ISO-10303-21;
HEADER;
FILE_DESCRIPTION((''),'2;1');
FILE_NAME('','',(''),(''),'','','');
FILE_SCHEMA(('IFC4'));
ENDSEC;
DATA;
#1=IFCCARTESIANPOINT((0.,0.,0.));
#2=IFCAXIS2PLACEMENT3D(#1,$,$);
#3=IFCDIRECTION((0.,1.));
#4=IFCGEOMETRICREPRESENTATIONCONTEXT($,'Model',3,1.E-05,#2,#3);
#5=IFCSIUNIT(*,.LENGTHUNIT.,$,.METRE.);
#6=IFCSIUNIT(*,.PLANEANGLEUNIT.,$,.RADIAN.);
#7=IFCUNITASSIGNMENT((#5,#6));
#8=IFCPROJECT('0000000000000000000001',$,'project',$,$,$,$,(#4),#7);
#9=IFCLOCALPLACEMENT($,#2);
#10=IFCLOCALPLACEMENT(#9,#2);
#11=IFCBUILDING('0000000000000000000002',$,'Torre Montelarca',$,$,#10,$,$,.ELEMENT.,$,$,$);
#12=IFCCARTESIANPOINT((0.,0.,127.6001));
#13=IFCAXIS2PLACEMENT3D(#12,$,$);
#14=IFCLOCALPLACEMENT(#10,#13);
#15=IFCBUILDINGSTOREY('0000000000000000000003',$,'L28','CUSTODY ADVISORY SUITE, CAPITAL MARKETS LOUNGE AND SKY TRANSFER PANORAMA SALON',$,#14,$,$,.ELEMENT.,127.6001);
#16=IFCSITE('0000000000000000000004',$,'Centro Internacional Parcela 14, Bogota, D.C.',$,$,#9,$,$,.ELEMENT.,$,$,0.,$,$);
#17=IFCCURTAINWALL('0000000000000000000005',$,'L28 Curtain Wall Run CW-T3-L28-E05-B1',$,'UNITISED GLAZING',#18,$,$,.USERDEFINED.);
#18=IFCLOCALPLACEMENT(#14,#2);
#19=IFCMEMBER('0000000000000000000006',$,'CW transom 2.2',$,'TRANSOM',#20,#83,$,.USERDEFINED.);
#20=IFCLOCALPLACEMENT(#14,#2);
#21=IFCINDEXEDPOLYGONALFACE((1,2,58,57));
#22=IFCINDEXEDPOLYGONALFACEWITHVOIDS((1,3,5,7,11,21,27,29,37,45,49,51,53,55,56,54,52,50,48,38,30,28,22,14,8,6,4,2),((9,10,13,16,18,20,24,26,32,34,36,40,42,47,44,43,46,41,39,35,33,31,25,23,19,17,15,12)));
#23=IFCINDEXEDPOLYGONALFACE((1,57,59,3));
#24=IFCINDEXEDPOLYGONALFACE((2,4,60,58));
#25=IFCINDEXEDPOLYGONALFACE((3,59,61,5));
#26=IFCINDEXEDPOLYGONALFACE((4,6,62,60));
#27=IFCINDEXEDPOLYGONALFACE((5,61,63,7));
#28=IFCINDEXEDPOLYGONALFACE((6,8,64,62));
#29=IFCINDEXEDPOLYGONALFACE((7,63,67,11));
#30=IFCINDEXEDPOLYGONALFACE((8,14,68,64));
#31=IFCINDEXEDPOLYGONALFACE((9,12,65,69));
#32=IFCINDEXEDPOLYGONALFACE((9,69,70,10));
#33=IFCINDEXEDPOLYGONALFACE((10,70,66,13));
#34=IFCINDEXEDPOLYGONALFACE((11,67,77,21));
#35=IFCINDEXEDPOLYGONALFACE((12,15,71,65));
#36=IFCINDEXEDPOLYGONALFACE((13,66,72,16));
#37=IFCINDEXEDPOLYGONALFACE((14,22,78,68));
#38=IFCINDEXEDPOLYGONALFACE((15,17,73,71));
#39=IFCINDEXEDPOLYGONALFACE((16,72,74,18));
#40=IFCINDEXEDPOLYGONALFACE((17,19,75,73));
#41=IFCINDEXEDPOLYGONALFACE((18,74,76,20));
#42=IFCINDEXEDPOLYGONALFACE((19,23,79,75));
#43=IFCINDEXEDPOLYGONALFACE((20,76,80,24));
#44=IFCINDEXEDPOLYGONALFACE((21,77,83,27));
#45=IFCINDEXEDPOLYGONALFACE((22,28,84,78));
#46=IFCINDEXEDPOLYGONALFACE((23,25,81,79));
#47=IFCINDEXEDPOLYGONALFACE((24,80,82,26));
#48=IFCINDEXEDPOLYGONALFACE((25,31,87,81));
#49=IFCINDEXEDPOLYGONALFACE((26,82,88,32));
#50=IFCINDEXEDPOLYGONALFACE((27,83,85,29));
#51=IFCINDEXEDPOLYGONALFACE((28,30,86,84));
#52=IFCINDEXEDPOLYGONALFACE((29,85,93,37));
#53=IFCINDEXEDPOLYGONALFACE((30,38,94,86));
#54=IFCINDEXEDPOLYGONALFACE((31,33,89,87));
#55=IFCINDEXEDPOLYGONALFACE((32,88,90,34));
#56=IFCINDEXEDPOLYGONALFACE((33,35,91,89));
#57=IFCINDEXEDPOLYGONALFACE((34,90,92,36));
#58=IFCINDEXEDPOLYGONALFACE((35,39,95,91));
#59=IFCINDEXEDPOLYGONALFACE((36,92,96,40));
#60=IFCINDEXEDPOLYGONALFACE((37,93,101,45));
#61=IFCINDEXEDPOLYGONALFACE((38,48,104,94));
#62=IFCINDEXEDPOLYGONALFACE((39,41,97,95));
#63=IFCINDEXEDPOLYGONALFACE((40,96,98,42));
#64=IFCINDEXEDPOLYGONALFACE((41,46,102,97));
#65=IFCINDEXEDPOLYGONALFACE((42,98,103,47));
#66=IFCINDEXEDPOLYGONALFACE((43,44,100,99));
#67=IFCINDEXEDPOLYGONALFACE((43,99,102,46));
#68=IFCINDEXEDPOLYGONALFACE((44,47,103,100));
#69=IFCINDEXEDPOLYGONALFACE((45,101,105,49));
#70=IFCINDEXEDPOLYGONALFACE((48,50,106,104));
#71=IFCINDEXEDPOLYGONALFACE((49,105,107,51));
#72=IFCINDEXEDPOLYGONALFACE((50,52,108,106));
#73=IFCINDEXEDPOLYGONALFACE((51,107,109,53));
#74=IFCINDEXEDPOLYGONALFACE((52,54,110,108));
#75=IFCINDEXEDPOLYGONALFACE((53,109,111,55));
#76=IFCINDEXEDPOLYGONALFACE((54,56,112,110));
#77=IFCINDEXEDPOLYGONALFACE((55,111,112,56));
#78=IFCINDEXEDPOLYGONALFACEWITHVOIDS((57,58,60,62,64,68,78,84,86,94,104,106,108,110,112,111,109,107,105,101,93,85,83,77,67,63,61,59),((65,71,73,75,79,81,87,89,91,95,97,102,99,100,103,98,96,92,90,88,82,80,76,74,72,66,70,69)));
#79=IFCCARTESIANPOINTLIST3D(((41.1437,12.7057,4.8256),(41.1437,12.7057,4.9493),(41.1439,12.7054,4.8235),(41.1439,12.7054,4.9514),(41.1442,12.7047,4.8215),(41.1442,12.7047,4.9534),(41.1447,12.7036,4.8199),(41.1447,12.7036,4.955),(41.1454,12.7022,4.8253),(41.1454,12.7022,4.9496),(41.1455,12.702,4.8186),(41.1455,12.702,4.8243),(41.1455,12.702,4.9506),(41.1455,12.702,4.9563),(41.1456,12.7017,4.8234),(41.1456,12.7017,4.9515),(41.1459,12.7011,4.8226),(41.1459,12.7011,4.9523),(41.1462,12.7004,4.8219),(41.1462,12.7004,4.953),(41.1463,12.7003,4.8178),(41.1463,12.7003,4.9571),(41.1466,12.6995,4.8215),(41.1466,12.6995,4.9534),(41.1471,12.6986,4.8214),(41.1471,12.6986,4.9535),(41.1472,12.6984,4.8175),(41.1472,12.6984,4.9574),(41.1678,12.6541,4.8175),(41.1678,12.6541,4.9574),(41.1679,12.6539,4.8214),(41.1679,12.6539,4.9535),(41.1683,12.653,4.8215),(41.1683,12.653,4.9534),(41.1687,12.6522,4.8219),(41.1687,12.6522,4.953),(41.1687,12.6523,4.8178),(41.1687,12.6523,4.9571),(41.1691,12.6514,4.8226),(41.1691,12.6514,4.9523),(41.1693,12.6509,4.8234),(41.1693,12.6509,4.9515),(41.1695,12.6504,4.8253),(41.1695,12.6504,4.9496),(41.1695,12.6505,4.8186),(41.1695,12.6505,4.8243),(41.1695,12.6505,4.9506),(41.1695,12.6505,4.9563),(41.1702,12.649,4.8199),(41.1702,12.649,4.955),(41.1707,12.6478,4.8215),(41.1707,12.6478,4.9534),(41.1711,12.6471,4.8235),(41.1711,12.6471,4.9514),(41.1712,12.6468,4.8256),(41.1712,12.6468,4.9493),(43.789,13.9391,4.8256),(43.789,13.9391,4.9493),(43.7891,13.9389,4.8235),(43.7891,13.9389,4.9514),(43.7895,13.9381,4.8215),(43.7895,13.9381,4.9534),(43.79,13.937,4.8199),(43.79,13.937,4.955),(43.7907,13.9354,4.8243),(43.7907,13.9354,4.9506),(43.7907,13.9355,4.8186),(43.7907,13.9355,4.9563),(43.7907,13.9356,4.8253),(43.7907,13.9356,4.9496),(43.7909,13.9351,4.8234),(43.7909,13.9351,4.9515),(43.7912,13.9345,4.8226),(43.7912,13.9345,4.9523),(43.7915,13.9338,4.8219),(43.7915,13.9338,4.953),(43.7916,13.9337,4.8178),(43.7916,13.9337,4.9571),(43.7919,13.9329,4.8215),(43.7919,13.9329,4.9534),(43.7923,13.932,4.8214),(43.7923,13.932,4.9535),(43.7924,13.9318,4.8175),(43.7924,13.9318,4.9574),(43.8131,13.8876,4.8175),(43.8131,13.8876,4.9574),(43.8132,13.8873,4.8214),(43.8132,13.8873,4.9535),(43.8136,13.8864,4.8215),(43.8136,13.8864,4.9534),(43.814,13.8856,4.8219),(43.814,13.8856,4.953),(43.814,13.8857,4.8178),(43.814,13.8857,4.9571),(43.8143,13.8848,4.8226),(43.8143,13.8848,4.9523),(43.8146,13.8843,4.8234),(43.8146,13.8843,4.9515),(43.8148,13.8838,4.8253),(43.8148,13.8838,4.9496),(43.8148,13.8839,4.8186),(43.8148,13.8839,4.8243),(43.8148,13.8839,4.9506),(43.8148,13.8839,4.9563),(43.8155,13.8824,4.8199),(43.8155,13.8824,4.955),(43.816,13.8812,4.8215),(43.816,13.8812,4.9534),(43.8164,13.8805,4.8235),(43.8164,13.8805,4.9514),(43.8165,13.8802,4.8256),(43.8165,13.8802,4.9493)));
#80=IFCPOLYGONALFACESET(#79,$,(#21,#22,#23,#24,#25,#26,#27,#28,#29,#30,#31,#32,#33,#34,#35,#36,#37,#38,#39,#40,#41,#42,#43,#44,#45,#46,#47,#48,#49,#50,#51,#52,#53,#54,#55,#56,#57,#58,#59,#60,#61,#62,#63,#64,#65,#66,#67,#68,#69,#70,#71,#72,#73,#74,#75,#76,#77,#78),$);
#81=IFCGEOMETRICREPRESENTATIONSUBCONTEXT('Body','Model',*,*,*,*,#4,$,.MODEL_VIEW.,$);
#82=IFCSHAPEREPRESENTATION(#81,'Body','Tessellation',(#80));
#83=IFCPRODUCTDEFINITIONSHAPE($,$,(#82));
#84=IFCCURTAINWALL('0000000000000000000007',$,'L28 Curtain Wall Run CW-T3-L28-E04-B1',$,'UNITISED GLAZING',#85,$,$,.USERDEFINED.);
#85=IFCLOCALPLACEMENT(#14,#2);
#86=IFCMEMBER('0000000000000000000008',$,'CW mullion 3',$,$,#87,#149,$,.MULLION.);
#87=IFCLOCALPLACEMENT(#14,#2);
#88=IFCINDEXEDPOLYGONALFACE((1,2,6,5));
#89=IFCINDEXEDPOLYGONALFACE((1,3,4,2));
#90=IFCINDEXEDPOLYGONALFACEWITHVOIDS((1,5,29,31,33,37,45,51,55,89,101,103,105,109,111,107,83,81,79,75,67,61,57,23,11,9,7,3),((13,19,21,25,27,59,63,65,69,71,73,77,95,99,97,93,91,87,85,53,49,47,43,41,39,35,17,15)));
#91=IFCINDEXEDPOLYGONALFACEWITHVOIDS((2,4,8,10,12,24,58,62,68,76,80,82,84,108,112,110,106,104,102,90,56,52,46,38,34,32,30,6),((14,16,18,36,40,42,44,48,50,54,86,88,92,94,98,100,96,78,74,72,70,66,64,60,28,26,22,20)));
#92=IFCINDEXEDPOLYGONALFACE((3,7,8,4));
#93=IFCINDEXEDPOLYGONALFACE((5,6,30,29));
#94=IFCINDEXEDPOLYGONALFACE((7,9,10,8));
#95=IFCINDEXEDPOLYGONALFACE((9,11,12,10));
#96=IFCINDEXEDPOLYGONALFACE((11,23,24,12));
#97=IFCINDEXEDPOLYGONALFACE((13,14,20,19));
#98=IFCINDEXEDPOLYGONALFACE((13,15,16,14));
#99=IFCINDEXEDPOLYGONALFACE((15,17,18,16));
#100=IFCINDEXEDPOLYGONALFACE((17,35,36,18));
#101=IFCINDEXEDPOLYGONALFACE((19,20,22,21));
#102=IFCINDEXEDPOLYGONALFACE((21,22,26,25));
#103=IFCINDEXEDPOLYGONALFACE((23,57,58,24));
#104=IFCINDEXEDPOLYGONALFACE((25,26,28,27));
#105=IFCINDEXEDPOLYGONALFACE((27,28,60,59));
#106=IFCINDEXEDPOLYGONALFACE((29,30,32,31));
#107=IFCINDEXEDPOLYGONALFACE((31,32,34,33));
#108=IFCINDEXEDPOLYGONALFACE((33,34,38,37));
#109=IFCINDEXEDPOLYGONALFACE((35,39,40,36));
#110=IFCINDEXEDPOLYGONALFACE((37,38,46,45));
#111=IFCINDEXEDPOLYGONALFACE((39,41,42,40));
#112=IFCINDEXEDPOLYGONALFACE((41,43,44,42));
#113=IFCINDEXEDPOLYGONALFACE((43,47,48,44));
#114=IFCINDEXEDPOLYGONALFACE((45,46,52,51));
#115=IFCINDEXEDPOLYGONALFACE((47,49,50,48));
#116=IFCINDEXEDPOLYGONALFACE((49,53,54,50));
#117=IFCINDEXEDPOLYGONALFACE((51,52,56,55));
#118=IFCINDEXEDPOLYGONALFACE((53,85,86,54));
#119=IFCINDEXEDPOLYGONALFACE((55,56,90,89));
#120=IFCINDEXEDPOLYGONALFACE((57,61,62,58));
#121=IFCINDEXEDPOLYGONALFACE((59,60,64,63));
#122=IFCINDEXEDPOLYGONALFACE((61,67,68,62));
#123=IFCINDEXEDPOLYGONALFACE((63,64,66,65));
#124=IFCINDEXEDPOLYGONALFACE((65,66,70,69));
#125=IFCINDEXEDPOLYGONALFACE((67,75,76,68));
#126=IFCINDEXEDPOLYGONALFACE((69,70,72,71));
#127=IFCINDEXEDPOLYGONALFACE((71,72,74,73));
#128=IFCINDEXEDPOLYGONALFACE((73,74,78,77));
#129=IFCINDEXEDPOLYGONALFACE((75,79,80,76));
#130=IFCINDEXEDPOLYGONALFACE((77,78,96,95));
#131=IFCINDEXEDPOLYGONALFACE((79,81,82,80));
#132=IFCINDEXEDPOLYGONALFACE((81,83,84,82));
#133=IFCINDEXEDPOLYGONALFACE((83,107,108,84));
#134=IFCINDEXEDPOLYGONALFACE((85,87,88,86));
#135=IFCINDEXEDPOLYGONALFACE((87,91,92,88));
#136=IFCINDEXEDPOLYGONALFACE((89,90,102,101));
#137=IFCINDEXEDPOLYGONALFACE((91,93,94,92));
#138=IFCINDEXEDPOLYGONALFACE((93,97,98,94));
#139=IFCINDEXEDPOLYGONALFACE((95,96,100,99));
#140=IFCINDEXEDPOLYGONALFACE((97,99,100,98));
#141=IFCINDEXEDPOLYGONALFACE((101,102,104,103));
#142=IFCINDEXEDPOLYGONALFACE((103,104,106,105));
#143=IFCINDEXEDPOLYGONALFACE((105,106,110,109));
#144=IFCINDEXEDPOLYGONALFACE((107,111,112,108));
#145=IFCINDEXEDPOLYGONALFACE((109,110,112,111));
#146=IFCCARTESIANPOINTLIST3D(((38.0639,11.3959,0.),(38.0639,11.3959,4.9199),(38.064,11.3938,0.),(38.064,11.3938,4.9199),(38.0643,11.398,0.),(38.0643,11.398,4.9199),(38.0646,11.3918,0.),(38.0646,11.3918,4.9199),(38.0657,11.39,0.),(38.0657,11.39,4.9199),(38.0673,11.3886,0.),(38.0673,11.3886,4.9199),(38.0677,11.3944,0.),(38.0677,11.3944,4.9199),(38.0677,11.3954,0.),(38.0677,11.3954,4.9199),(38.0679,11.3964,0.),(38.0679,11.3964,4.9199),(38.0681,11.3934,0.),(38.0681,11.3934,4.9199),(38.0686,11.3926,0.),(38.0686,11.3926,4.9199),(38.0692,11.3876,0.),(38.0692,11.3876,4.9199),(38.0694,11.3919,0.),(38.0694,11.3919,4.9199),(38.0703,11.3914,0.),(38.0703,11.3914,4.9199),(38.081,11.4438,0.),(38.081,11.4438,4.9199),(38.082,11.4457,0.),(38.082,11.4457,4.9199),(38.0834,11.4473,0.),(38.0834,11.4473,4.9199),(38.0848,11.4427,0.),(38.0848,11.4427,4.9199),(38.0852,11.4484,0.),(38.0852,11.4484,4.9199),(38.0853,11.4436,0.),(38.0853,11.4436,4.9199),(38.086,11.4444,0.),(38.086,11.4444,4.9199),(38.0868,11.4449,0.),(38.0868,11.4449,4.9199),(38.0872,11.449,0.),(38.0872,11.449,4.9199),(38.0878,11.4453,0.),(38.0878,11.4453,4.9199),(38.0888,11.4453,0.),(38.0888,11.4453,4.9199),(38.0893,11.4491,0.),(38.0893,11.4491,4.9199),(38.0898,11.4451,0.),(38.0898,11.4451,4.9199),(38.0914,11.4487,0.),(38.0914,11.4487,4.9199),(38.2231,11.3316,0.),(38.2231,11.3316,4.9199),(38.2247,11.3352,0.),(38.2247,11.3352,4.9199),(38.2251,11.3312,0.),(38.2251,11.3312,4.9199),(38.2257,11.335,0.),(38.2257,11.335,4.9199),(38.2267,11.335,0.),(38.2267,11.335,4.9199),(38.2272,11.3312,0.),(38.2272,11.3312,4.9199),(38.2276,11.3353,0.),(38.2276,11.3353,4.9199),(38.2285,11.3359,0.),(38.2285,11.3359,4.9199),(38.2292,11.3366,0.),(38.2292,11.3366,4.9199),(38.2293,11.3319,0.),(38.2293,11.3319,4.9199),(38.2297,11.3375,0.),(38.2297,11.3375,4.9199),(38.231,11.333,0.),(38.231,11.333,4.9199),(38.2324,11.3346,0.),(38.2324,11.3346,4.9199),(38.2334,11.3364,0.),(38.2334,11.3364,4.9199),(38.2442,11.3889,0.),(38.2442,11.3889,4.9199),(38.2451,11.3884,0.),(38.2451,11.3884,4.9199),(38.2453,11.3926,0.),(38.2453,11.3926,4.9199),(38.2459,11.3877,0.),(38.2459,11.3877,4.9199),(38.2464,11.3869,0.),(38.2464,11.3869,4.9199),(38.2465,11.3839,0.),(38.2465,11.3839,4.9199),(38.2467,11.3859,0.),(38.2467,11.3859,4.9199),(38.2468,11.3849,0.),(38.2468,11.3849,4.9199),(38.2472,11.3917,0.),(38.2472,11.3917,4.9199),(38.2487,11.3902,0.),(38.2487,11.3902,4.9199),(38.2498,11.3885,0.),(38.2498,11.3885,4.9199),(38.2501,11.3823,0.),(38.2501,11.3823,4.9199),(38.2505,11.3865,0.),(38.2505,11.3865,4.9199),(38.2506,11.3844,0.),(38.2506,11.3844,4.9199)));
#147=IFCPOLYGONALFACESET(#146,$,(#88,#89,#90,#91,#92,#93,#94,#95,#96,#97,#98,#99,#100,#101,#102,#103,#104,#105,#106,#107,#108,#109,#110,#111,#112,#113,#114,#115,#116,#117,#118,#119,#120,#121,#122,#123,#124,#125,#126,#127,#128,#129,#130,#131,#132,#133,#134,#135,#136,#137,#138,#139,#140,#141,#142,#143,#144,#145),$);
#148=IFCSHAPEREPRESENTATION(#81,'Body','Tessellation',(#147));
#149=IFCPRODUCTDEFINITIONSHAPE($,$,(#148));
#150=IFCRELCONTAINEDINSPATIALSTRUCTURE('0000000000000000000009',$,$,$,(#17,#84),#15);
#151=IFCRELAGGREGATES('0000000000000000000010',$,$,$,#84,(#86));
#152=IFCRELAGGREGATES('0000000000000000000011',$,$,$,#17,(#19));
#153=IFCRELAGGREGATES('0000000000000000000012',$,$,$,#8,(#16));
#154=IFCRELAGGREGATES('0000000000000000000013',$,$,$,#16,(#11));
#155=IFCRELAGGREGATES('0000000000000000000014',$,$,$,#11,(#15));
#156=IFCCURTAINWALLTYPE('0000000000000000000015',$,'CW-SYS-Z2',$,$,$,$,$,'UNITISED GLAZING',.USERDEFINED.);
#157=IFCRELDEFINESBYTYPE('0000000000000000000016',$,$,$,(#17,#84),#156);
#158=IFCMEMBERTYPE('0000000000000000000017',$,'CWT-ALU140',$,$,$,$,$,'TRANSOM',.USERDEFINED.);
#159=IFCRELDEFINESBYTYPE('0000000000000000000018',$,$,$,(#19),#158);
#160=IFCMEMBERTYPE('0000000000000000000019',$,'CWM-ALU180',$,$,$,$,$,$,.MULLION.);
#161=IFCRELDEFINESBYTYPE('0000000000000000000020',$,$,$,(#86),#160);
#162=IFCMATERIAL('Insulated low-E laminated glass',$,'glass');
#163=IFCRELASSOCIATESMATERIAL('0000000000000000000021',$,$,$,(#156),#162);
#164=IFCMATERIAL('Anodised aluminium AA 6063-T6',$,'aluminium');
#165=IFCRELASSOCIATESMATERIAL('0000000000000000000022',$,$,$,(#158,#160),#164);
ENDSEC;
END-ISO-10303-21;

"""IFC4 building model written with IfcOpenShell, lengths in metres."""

from ifc_helpers import new_model, si_unit, direction, frame, origin, origin_2d, place, context, subcontext, project, spatial, hollow_rectangle, extrude, source, transform, mapped, material, material_profile, profile_set, type_object, element, aggregate, save


model = new_model("IFC4")

# Units and contexts
model_context = context("Model", 3, precision=1e-05, world=origin(), true_north=direction((0.0, 1.0)))
body_context = subcontext(model_context, "Body", "Model", "MODEL_VIEW")
ifc_project = project(units=[si_unit("LENGTHUNIT", "METRE"), si_unit("PLANEANGLEUNIT", "RADIAN")], contexts=[model_context])

# Site, building, storey
site_placement = place(None, origin())
site = spatial("IfcSite", under=ifc_project, at=site_placement, Name="Centro Internacional Parcela 14, Bogota, D.C.", CompositionType="ELEMENT", RefElevation=0.0)
building_placement = place(site_placement, origin())
building = spatial("IfcBuilding", under=site, at=building_placement, Name="Torre Montelarca", CompositionType="ELEMENT")
storey_placement = place(building_placement, frame((0.0, 0.0, 127.6001)))
storey = spatial("IfcBuildingStorey", under=building, at=storey_placement, Name="L28", Description="CUSTODY ADVISORY SUITE, CAPITAL MARKETS LOUNGE AND SKY TRANSFER PANORAMA SALON", CompositionType="ELEMENT", Elevation=127.6001)

# Curtain wall, member
ifc_material_1 = material(Name="Insulated low-E laminated glass", Category="glass")
curtain_wall_type = type_object("IfcCurtainWallType", Name="CW-SYS-Z2", ElementType="UNITISED GLAZING", PredefinedType="USERDEFINED", material=ifc_material_1)
curtain_wall_1_placement = place(storey_placement, origin())
curtain_wall_1 = element("IfcCurtainWall", 1, at=curtain_wall_1_placement, inside=storey, type_object=curtain_wall_type, Name="L28 Curtain Wall Run CW-T3-L28-E05-B1", ObjectType="UNITISED GLAZING", PredefinedType="USERDEFINED")
ifc_material_2 = material(Name="Anodised aluminium AA 6063-T6", Category="aluminium")
ifc_material_profile_1 = material_profile(ifc_material_2, hollow_rectangle(XDim=0.0649, YDim=0.1399, WallThickness=0.0039, InnerFilletRadius=0.0039, OuterFilletRadius=0.0081, at=origin_2d()), Name="ALU65X140X4", Category="aluminium")
ifc_profile_set_1 = profile_set([ifc_material_profile_1], Name="Anodised aluminium AA 6063-T6")
member_type_1 = type_object("IfcMemberType", Name="CWT-ALU140", ElementType="TRANSOM", PredefinedType="USERDEFINED", material=ifc_profile_set_1)
shared_shape_1 = source(origin(), body_context, "Body", "SweptSolid", [
    extrude(hollow_rectangle(XDim=0.0649, YDim=0.1399, WallThickness=0.0039, InnerFilletRadius=0.0039, OuterFilletRadius=0.0081, at=origin_2d()), origin(), (0.0, 0.0, 1.0), 2.9187),
])
member_1_placement = place(storey_placement, frame((41.1575, 12.6763, 4.8875), z_axis=(0.906322, 0.422588, 0.0), x_axis=(-0.422588, 0.906322, 0.0)))
member_1 = element("IfcMember", 2, at=member_1_placement, type_object=member_type_1, Name="CW transom 2.2", ObjectType="TRANSOM", PredefinedType="USERDEFINED", context=body_context, shape_type="MappedRepresentation", body=[
    mapped(shared_shape_1, transform((0.0, 0.0, 0.0), scale=1.0)),
])

# Curtain wall, member
curtain_wall_2_placement = place(storey_placement, origin())
curtain_wall_2 = element("IfcCurtainWall", 3, at=curtain_wall_2_placement, inside=storey, type_object=curtain_wall_type, Name="L28 Curtain Wall Run CW-T3-L28-E04-B1", ObjectType="UNITISED GLAZING", PredefinedType="USERDEFINED")
ifc_material_profile_2 = material_profile(ifc_material_2, hollow_rectangle(XDim=0.0649, YDim=0.1799, WallThickness=0.0039, InnerFilletRadius=0.0039, OuterFilletRadius=0.0081, at=origin_2d()), Name="ALU65X180X4", Category="aluminium")
ifc_profile_set_2 = profile_set([ifc_material_profile_2], Name="Anodised aluminium AA 6063-T6")
member_type_2 = type_object("IfcMemberType", Name="CWM-ALU180", PredefinedType="MULLION", material=ifc_profile_set_2)
shared_shape_2 = source(origin(), body_context, "Body", "SweptSolid", [
    extrude(hollow_rectangle(XDim=0.0649, YDim=0.1799, WallThickness=0.0039, InnerFilletRadius=0.0039, OuterFilletRadius=0.0081, at=origin_2d()), origin(), (0.0, 0.0, 1.0), 4.9199),
])
member_2_placement = place(storey_placement, frame((38.1572, 11.3901, 0.0), z_axis=(0.0, 0.0, 1.0), x_axis=(0.342015, 0.939695, 0.0)))
member_2 = element("IfcMember", 4, at=member_2_placement, type_object=member_type_2, Name="CW mullion 3", PredefinedType="MULLION", context=body_context, shape_type="MappedRepresentation", body=[
    mapped(shared_shape_2, transform((0.0, 0.0, 0.0), scale=1.0)),
])
aggregate(curtain_wall_2, [member_2])

aggregate(curtain_wall_1, [member_1])

save(model, "model.ifc")
